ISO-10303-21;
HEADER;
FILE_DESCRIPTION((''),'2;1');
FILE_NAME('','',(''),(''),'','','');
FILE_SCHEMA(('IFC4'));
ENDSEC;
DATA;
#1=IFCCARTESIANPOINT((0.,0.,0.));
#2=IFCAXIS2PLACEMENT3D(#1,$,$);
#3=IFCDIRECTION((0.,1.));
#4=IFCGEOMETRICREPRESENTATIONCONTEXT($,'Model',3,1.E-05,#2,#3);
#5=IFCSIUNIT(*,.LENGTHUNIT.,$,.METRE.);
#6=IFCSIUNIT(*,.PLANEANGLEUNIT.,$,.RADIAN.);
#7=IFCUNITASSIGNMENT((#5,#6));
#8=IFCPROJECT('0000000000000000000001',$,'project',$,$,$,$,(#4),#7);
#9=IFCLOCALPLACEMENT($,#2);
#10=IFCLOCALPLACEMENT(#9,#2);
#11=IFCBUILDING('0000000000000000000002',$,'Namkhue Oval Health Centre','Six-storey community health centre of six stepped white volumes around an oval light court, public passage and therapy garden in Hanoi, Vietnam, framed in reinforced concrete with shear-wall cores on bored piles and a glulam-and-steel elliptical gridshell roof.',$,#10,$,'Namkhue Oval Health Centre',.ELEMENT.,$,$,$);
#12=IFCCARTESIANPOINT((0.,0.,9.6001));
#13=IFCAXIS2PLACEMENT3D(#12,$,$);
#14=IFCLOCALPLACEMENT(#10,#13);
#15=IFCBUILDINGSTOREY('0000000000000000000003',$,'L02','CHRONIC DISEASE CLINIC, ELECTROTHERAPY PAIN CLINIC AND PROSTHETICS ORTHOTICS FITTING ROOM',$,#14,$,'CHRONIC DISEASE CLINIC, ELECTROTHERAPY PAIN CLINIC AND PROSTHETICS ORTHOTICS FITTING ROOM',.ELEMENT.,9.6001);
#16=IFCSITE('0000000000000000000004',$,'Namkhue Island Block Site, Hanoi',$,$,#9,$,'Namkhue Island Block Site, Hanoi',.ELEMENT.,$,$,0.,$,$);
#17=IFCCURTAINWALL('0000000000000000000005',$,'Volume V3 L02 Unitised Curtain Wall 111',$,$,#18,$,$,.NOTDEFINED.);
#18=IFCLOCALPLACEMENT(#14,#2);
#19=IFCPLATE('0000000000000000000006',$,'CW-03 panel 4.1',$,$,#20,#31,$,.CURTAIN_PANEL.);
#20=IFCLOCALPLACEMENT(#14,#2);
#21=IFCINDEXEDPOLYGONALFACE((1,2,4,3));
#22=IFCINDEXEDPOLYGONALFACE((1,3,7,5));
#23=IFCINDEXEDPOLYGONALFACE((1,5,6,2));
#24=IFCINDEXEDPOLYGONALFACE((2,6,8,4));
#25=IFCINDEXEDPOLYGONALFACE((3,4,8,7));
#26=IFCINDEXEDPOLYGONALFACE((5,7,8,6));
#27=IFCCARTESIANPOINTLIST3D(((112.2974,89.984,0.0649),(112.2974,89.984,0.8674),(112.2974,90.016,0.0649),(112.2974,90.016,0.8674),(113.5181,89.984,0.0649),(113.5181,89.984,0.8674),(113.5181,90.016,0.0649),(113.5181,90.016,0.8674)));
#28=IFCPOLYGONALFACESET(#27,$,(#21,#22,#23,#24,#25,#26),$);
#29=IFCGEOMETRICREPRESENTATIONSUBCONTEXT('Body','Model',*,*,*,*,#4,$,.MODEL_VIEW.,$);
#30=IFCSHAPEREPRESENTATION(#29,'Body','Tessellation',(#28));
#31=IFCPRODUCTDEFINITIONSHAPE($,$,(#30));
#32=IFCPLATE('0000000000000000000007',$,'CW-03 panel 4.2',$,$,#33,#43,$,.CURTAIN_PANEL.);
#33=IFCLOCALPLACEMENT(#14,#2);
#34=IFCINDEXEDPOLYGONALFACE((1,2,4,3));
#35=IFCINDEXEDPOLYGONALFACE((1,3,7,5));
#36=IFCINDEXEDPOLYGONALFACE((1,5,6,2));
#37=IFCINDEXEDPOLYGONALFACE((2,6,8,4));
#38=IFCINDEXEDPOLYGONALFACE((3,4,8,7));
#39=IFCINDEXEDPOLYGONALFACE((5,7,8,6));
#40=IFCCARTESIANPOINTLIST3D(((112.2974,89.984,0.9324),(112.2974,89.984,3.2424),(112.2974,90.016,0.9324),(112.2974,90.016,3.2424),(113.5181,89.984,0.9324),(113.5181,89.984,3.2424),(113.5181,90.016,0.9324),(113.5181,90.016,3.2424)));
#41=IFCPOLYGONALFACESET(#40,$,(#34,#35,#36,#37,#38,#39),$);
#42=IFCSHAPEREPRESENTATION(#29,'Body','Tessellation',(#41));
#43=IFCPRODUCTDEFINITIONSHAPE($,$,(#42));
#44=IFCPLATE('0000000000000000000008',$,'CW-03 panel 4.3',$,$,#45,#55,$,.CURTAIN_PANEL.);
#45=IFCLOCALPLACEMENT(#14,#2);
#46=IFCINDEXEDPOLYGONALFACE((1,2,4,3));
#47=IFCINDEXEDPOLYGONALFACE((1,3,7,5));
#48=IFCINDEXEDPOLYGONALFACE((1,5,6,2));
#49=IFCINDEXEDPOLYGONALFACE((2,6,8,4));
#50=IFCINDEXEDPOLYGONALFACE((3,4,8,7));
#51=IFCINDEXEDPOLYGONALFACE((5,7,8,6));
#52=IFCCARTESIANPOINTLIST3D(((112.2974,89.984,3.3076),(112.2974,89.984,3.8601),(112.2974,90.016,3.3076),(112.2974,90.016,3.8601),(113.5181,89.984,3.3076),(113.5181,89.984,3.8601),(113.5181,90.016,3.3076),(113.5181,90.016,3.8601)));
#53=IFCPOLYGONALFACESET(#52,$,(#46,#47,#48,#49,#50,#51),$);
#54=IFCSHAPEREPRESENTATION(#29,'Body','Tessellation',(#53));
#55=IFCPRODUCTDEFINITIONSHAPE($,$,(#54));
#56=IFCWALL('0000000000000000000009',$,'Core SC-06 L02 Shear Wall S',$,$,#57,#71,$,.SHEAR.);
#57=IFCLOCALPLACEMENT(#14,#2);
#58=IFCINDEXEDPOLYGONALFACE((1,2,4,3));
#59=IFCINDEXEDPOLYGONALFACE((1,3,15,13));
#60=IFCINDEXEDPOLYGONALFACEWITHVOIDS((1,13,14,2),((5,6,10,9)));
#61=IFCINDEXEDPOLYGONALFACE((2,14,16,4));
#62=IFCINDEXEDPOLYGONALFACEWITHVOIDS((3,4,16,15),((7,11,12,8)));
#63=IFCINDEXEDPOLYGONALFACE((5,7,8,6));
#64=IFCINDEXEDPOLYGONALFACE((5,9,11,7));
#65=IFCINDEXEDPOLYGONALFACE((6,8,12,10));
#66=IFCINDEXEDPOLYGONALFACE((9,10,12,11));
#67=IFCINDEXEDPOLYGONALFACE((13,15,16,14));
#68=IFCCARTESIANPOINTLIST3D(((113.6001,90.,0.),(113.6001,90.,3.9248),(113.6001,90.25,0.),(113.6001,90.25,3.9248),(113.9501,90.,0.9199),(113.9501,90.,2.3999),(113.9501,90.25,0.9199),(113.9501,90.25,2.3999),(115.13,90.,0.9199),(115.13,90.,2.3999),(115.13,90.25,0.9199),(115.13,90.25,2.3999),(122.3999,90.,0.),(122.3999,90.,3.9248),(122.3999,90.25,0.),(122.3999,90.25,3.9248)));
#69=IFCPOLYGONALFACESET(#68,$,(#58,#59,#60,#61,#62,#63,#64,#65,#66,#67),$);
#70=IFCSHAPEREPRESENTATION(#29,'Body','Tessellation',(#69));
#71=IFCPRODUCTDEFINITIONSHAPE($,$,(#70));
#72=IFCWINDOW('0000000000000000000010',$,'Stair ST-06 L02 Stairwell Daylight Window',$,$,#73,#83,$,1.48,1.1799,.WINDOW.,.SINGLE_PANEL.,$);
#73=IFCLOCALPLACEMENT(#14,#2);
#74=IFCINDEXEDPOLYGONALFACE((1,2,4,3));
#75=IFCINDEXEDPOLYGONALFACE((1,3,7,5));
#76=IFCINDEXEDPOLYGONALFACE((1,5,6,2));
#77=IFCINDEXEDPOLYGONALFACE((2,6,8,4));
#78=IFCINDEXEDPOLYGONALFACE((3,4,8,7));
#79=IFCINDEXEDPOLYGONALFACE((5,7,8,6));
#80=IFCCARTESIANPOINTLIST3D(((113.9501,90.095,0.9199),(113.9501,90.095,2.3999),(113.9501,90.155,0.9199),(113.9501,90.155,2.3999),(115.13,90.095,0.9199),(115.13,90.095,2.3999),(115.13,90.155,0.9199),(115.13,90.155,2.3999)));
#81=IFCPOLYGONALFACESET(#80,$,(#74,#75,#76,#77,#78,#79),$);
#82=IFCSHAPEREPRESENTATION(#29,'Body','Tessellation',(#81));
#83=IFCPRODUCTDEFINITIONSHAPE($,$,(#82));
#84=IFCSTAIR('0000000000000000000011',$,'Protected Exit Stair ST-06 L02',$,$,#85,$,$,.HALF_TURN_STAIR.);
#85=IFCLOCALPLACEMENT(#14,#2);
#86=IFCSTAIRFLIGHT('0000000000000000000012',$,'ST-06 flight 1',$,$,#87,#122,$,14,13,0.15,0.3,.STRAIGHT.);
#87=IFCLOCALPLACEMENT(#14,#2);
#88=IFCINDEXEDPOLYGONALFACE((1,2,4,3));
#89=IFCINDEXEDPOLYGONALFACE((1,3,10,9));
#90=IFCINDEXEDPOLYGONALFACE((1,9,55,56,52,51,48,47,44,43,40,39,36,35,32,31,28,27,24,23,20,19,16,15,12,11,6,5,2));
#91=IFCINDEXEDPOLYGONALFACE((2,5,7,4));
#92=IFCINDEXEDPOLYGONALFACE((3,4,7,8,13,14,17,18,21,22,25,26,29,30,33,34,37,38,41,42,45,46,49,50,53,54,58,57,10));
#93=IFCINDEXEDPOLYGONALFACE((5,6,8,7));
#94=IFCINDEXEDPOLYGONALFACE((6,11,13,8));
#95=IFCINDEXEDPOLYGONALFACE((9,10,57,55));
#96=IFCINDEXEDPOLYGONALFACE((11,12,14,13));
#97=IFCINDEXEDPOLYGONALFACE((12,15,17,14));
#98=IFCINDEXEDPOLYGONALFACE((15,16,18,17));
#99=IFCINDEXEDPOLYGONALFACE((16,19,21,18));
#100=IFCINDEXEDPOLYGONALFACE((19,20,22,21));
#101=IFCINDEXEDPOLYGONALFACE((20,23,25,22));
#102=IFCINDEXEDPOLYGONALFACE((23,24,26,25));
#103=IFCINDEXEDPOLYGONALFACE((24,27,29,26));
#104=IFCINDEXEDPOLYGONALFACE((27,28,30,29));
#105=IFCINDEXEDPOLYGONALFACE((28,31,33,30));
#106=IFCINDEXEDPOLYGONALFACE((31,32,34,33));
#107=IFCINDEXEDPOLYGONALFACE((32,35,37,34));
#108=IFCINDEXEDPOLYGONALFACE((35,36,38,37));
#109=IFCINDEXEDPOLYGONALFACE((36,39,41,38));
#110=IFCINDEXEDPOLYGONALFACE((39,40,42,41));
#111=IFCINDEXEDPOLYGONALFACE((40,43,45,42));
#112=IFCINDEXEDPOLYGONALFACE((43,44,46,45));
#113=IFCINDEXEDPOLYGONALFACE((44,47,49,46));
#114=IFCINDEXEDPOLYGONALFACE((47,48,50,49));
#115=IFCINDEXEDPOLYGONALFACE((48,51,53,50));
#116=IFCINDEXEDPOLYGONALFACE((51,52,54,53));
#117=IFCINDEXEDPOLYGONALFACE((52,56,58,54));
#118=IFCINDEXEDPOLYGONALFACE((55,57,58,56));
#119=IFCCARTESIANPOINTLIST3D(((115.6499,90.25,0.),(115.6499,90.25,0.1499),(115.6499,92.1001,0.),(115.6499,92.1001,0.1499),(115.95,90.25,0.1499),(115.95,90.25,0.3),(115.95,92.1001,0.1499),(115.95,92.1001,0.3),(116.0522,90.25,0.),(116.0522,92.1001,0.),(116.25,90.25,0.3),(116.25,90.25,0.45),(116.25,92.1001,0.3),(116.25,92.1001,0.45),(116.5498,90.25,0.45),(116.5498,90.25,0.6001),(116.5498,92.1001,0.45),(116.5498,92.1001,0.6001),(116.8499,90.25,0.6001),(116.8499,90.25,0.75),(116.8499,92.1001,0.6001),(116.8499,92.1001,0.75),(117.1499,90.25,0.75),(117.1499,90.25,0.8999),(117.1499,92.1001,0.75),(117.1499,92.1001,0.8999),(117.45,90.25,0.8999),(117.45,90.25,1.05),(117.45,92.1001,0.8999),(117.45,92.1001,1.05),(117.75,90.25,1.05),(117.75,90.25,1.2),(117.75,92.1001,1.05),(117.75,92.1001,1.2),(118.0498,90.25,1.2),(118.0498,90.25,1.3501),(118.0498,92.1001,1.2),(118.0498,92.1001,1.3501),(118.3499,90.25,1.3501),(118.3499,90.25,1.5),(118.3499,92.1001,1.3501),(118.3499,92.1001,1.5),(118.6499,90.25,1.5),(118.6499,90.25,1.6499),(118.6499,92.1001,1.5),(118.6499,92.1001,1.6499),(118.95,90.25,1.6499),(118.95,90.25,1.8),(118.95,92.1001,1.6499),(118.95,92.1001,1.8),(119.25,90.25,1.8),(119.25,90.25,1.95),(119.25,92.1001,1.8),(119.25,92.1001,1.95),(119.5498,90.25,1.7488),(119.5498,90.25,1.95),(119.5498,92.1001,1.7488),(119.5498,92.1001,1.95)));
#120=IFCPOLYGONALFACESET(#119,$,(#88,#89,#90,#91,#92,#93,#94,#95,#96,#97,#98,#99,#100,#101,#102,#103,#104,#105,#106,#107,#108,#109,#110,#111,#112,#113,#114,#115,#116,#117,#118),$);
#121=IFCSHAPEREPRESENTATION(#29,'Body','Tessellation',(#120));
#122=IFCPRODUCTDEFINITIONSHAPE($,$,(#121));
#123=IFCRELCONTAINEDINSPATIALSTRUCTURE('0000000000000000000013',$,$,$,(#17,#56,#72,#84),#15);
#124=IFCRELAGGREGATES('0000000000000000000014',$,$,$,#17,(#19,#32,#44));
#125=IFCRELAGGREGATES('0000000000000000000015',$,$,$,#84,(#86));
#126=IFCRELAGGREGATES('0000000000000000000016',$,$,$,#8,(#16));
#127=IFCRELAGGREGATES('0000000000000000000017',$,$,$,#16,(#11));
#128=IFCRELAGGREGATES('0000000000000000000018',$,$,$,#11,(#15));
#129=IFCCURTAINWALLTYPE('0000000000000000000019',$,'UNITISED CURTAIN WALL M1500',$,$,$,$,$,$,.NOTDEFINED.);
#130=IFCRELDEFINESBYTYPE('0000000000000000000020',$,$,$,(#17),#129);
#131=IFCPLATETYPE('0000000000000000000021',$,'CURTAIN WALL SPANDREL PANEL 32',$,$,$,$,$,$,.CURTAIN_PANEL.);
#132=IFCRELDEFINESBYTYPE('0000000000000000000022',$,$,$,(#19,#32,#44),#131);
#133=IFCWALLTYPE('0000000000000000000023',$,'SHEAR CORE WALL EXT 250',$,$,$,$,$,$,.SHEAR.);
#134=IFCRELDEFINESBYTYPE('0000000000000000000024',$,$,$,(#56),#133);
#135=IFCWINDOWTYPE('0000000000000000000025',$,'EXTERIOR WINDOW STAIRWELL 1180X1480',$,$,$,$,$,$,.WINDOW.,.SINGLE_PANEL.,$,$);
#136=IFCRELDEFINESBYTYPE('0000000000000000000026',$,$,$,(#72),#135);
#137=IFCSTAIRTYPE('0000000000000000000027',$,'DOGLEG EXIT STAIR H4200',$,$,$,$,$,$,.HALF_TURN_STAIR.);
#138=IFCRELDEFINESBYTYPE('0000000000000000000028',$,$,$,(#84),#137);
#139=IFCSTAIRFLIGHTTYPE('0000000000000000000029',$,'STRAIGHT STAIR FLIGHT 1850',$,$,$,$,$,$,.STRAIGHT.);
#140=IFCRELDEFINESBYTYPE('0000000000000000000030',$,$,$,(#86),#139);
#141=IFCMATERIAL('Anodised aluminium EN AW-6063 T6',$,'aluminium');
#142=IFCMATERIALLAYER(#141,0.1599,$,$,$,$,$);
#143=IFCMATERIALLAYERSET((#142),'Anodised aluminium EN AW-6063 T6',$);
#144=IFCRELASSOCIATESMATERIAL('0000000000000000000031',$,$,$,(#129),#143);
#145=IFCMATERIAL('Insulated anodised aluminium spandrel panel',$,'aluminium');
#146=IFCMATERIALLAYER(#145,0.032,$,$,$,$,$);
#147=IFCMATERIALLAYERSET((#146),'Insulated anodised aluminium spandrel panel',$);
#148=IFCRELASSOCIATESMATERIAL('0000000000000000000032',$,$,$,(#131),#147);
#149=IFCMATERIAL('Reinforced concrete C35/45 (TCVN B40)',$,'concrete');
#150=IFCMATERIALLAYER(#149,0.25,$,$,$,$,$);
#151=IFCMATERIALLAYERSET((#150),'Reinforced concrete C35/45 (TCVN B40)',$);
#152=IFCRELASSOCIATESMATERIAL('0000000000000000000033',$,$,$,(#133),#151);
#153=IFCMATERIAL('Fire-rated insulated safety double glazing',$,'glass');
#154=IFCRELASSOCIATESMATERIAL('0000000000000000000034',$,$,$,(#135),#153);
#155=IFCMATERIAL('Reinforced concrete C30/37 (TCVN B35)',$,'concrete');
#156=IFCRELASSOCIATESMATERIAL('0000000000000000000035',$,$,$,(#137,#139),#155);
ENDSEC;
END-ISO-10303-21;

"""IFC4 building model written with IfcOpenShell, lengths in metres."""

from ifc_helpers import new_model, si_unit, direction, frame, frame_2d, origin, origin_2d, place, context, subcontext, project, spatial, polyline, rectangle, outline, extrude, material, layer, layer_set, type_object, element, fill, aggregate, save


model = new_model("IFC4")

# Units and contexts
model_context = context("Model", 3, precision=1e-05, world=origin(), true_north=direction((0.0, 1.0)))
body_context = subcontext(model_context, "Body", "Model", "MODEL_VIEW")
ifc_project = project(units=[si_unit("LENGTHUNIT", "METRE"), si_unit("PLANEANGLEUNIT", "RADIAN")], contexts=[model_context])

# Site, building, storey
site_placement = place(None, origin())
site = spatial("IfcSite", under=ifc_project, at=site_placement, Name="Namkhue Island Block Site, Hanoi", LongName="Namkhue Island Block Site, Hanoi", CompositionType="ELEMENT", RefElevation=0.0)
building_placement = place(site_placement, origin())
building = spatial("IfcBuilding", under=site, at=building_placement, Name="Namkhue Oval Health Centre", Description="Six-storey community health centre of six stepped white volumes around an oval light court, public passage and therapy garden in Hanoi, Vietnam, framed in reinforced concrete with shear-wall cores on bored piles and a glulam-and-steel elliptical gridshell roof.", LongName="Namkhue Oval Health Centre", CompositionType="ELEMENT")
storey_placement = place(building_placement, frame((0.0, 0.0, 9.6001)))
storey = spatial("IfcBuildingStorey", under=building, at=storey_placement, Name="L02", Description="CHRONIC DISEASE CLINIC, ELECTROTHERAPY PAIN CLINIC AND PROSTHETICS ORTHOTICS FITTING ROOM", LongName="CHRONIC DISEASE CLINIC, ELECTROTHERAPY PAIN CLINIC AND PROSTHETICS ORTHOTICS FITTING ROOM", CompositionType="ELEMENT", Elevation=9.6001)

# Curtain wall, plates
ifc_material_1 = material(Name="Anodised aluminium EN AW-6063 T6", Category="aluminium")
ifc_layer_1 = layer(ifc_material_1, 0.1599)
ifc_layer_set_1 = layer_set([ifc_layer_1], Name="Anodised aluminium EN AW-6063 T6")
curtain_wall_type = type_object("IfcCurtainWallType", Name="UNITISED CURTAIN WALL M1500", PredefinedType="NOTDEFINED", material=ifc_layer_set_1)
curtain_wall_placement = place(storey_placement, origin())
curtain_wall = element("IfcCurtainWall", 1, at=curtain_wall_placement, inside=storey, type_object=curtain_wall_type, Name="Volume V3 L02 Unitised Curtain Wall 111", PredefinedType="NOTDEFINED")
ifc_material_2 = material(Name="Insulated anodised aluminium spandrel panel", Category="aluminium")
ifc_layer_2 = layer(ifc_material_2, 0.032)
ifc_layer_set_2 = layer_set([ifc_layer_2], Name="Insulated anodised aluminium spandrel panel")
plate_type = type_object("IfcPlateType", Name="CURTAIN WALL SPANDREL PANEL 32", PredefinedType="CURTAIN_PANEL", material=ifc_layer_set_2)
plate_1_placement = place(storey_placement, frame((112.9077, 90.0, 0.0649), z_axis=(0.0, 0.0, 1.0), x_axis=(1.0, 0.0, 0.0)))
plate_1 = element("IfcPlate", 2, at=plate_1_placement, type_object=plate_type, Name="CW-03 panel 4.1", PredefinedType="CURTAIN_PANEL", context=body_context, shape_type="SweptSolid", body=[
    extrude(rectangle(XDim=1.2207, YDim=0.032, at=origin_2d()), origin(), (0.0, 0.0, 1.0), 0.8025),
])
plate_2_placement = place(storey_placement, frame((112.9077, 90.0, 0.9324), z_axis=(0.0, 0.0, 1.0), x_axis=(1.0, 0.0, 0.0)))
plate_2 = element("IfcPlate", 3, at=plate_2_placement, type_object=plate_type, Name="CW-03 panel 4.2", PredefinedType="CURTAIN_PANEL", context=body_context, shape_type="SweptSolid", body=[
    extrude(rectangle(XDim=1.2207, YDim=0.032, at=origin_2d()), origin(), (0.0, 0.0, 1.0), 2.3101),
])
plate_3_placement = place(storey_placement, frame((112.9077, 90.0, 3.3076), z_axis=(0.0, 0.0, 1.0), x_axis=(1.0, 0.0, 0.0)))
plate_3 = element("IfcPlate", 4, at=plate_3_placement, type_object=plate_type, Name="CW-03 panel 4.3", PredefinedType="CURTAIN_PANEL", context=body_context, shape_type="SweptSolid", body=[
    extrude(rectangle(XDim=1.2207, YDim=0.032, at=origin_2d()), origin(), (0.0, 0.0, 1.0), 0.5525),
])
aggregate(curtain_wall, [plate_1, plate_2, plate_3])

# Wall, opening, window
ifc_material_3 = material(Name="Reinforced concrete C35/45 (TCVN B40)", Category="concrete")
ifc_layer_3 = layer(ifc_material_3, 0.25)
ifc_layer_set_3 = layer_set([ifc_layer_3], Name="Reinforced concrete C35/45 (TCVN B40)")
wall_type = type_object("IfcWallType", Name="SHEAR CORE WALL EXT 250", PredefinedType="SHEAR", material=ifc_layer_set_3)
wall_placement = place(storey_placement, frame((113.6001, 90.125, 0.0), z_axis=(0.0, 0.0, 1.0), x_axis=(1.0, 0.0, 0.0)))
wall = element("IfcWall", 5, at=wall_placement, inside=storey, type_object=wall_type, Name="Core SC-06 L02 Shear Wall S", PredefinedType="SHEAR", context=body_context, shape_type="SweptSolid", body=[
    extrude(rectangle(XDim=8.7998, YDim=0.25, at=frame_2d((4.3999, 0.0))), origin(), (0.0, 0.0, 1.0), 3.9248),
])
opening_placement = place(wall_placement, frame((0.3501, 0.0, 0.9199)))
opening = element("IfcOpeningElement", 6, at=opening_placement, cuts=wall, PredefinedType="OPENING", context=body_context, shape_type="SweptSolid", body=[
    extrude(rectangle(XDim=1.1799, YDim=1.48, at=frame_2d((0.5898, 0.74))), frame((0.0, 0.135, 0.0), z_axis=(0.0, -1.0, 0.0), x_axis=(1.0, 0.0, 0.0)), (0.0, 0.0, 1.0), 0.27),
])
ifc_material_4 = material(Name="Fire-rated insulated safety double glazing", Category="glass")
window_type = type_object("IfcWindowType", Name="EXTERIOR WINDOW STAIRWELL 1180X1480", PartitioningType="SINGLE_PANEL", PredefinedType="WINDOW", material=ifc_material_4)
window_placement = place(opening_placement, origin())
window = element("IfcWindow", 7, at=window_placement, inside=storey, type_object=window_type, Name="Stair ST-06 L02 Stairwell Daylight Window", OverallHeight=1.48, OverallWidth=1.1799, PartitioningType="SINGLE_PANEL", PredefinedType="WINDOW", context=body_context, shape_type="SweptSolid", body=[
    extrude(rectangle(XDim=1.1799, YDim=1.48, at=frame_2d((0.5898, 0.74))), frame((0.0, 0.03, 0.0), z_axis=(0.0, -1.0, 0.0), x_axis=(1.0, 0.0, 0.0)), (0.0, 0.0, 1.0), 0.0601),
])
fill(opening, window)

# Stair, stair flight
ifc_material_5 = material(Name="Reinforced concrete C30/37 (TCVN B35)", Category="concrete")
stair_type = type_object("IfcStairType", Name="DOGLEG EXIT STAIR H4200", PredefinedType="HALF_TURN_STAIR", material=ifc_material_5)
stair_placement = place(storey_placement, origin())
stair = element("IfcStair", 8, at=stair_placement, inside=storey, type_object=stair_type, Name="Protected Exit Stair ST-06 L02", PredefinedType="HALF_TURN_STAIR")
stair_flight_type = type_object("IfcStairFlightType", Name="STRAIGHT STAIR FLIGHT 1850", PredefinedType="STRAIGHT", material=ifc_material_5)
stair_flight_placement = place(storey_placement, frame((115.6499, 91.175, 0.0), z_axis=(0.0, 0.0, 1.0), x_axis=(1.0, 0.0, 0.0)))
stair_flight = element("IfcStairFlight", 9, at=stair_flight_placement, type_object=stair_flight_type, Name="ST-06 flight 1", NumberOfRisers=14, NumberOfTreads=13, PredefinedType="STRAIGHT", RiserHeight=0.15, TreadLength=0.3, context=body_context, shape_type="SweptSolid", body=[
    extrude(outline(polyline([(0.0, 0.0), (0.0, 0.1499), (0.3, 0.1499), (0.3, 0.3), (0.6001, 0.3), (0.6001, 0.45), (0.8999, 0.45), (0.8999, 0.6001), (1.2, 0.6001), (1.2, 0.75), (1.5, 0.75), (1.5, 0.8999), (1.8, 0.8999), (1.8, 1.05), (2.1001, 1.05), (2.1001, 1.2), (2.3999, 1.2), (2.3999, 1.3501), (2.7, 1.3501), (2.7, 1.5), (3.0, 1.5), (3.0, 1.6499), (3.3, 1.6499), (3.3, 1.8), (3.6001, 1.8), (3.6001, 1.95), (3.8999, 1.95), (3.8999, 2.1001), (3.8999, 1.7488), (0.4023, 0.0), (0.0, 0.0)])), frame((0.0, 0.925, 0.0), z_axis=(0.0, -1.0, 0.0), x_axis=(1.0, 0.0, 0.0)), (0.0, 0.0, 1.0), 1.8501),
])
aggregate(stair, [stair_flight])

save(model, "model.ifc")
